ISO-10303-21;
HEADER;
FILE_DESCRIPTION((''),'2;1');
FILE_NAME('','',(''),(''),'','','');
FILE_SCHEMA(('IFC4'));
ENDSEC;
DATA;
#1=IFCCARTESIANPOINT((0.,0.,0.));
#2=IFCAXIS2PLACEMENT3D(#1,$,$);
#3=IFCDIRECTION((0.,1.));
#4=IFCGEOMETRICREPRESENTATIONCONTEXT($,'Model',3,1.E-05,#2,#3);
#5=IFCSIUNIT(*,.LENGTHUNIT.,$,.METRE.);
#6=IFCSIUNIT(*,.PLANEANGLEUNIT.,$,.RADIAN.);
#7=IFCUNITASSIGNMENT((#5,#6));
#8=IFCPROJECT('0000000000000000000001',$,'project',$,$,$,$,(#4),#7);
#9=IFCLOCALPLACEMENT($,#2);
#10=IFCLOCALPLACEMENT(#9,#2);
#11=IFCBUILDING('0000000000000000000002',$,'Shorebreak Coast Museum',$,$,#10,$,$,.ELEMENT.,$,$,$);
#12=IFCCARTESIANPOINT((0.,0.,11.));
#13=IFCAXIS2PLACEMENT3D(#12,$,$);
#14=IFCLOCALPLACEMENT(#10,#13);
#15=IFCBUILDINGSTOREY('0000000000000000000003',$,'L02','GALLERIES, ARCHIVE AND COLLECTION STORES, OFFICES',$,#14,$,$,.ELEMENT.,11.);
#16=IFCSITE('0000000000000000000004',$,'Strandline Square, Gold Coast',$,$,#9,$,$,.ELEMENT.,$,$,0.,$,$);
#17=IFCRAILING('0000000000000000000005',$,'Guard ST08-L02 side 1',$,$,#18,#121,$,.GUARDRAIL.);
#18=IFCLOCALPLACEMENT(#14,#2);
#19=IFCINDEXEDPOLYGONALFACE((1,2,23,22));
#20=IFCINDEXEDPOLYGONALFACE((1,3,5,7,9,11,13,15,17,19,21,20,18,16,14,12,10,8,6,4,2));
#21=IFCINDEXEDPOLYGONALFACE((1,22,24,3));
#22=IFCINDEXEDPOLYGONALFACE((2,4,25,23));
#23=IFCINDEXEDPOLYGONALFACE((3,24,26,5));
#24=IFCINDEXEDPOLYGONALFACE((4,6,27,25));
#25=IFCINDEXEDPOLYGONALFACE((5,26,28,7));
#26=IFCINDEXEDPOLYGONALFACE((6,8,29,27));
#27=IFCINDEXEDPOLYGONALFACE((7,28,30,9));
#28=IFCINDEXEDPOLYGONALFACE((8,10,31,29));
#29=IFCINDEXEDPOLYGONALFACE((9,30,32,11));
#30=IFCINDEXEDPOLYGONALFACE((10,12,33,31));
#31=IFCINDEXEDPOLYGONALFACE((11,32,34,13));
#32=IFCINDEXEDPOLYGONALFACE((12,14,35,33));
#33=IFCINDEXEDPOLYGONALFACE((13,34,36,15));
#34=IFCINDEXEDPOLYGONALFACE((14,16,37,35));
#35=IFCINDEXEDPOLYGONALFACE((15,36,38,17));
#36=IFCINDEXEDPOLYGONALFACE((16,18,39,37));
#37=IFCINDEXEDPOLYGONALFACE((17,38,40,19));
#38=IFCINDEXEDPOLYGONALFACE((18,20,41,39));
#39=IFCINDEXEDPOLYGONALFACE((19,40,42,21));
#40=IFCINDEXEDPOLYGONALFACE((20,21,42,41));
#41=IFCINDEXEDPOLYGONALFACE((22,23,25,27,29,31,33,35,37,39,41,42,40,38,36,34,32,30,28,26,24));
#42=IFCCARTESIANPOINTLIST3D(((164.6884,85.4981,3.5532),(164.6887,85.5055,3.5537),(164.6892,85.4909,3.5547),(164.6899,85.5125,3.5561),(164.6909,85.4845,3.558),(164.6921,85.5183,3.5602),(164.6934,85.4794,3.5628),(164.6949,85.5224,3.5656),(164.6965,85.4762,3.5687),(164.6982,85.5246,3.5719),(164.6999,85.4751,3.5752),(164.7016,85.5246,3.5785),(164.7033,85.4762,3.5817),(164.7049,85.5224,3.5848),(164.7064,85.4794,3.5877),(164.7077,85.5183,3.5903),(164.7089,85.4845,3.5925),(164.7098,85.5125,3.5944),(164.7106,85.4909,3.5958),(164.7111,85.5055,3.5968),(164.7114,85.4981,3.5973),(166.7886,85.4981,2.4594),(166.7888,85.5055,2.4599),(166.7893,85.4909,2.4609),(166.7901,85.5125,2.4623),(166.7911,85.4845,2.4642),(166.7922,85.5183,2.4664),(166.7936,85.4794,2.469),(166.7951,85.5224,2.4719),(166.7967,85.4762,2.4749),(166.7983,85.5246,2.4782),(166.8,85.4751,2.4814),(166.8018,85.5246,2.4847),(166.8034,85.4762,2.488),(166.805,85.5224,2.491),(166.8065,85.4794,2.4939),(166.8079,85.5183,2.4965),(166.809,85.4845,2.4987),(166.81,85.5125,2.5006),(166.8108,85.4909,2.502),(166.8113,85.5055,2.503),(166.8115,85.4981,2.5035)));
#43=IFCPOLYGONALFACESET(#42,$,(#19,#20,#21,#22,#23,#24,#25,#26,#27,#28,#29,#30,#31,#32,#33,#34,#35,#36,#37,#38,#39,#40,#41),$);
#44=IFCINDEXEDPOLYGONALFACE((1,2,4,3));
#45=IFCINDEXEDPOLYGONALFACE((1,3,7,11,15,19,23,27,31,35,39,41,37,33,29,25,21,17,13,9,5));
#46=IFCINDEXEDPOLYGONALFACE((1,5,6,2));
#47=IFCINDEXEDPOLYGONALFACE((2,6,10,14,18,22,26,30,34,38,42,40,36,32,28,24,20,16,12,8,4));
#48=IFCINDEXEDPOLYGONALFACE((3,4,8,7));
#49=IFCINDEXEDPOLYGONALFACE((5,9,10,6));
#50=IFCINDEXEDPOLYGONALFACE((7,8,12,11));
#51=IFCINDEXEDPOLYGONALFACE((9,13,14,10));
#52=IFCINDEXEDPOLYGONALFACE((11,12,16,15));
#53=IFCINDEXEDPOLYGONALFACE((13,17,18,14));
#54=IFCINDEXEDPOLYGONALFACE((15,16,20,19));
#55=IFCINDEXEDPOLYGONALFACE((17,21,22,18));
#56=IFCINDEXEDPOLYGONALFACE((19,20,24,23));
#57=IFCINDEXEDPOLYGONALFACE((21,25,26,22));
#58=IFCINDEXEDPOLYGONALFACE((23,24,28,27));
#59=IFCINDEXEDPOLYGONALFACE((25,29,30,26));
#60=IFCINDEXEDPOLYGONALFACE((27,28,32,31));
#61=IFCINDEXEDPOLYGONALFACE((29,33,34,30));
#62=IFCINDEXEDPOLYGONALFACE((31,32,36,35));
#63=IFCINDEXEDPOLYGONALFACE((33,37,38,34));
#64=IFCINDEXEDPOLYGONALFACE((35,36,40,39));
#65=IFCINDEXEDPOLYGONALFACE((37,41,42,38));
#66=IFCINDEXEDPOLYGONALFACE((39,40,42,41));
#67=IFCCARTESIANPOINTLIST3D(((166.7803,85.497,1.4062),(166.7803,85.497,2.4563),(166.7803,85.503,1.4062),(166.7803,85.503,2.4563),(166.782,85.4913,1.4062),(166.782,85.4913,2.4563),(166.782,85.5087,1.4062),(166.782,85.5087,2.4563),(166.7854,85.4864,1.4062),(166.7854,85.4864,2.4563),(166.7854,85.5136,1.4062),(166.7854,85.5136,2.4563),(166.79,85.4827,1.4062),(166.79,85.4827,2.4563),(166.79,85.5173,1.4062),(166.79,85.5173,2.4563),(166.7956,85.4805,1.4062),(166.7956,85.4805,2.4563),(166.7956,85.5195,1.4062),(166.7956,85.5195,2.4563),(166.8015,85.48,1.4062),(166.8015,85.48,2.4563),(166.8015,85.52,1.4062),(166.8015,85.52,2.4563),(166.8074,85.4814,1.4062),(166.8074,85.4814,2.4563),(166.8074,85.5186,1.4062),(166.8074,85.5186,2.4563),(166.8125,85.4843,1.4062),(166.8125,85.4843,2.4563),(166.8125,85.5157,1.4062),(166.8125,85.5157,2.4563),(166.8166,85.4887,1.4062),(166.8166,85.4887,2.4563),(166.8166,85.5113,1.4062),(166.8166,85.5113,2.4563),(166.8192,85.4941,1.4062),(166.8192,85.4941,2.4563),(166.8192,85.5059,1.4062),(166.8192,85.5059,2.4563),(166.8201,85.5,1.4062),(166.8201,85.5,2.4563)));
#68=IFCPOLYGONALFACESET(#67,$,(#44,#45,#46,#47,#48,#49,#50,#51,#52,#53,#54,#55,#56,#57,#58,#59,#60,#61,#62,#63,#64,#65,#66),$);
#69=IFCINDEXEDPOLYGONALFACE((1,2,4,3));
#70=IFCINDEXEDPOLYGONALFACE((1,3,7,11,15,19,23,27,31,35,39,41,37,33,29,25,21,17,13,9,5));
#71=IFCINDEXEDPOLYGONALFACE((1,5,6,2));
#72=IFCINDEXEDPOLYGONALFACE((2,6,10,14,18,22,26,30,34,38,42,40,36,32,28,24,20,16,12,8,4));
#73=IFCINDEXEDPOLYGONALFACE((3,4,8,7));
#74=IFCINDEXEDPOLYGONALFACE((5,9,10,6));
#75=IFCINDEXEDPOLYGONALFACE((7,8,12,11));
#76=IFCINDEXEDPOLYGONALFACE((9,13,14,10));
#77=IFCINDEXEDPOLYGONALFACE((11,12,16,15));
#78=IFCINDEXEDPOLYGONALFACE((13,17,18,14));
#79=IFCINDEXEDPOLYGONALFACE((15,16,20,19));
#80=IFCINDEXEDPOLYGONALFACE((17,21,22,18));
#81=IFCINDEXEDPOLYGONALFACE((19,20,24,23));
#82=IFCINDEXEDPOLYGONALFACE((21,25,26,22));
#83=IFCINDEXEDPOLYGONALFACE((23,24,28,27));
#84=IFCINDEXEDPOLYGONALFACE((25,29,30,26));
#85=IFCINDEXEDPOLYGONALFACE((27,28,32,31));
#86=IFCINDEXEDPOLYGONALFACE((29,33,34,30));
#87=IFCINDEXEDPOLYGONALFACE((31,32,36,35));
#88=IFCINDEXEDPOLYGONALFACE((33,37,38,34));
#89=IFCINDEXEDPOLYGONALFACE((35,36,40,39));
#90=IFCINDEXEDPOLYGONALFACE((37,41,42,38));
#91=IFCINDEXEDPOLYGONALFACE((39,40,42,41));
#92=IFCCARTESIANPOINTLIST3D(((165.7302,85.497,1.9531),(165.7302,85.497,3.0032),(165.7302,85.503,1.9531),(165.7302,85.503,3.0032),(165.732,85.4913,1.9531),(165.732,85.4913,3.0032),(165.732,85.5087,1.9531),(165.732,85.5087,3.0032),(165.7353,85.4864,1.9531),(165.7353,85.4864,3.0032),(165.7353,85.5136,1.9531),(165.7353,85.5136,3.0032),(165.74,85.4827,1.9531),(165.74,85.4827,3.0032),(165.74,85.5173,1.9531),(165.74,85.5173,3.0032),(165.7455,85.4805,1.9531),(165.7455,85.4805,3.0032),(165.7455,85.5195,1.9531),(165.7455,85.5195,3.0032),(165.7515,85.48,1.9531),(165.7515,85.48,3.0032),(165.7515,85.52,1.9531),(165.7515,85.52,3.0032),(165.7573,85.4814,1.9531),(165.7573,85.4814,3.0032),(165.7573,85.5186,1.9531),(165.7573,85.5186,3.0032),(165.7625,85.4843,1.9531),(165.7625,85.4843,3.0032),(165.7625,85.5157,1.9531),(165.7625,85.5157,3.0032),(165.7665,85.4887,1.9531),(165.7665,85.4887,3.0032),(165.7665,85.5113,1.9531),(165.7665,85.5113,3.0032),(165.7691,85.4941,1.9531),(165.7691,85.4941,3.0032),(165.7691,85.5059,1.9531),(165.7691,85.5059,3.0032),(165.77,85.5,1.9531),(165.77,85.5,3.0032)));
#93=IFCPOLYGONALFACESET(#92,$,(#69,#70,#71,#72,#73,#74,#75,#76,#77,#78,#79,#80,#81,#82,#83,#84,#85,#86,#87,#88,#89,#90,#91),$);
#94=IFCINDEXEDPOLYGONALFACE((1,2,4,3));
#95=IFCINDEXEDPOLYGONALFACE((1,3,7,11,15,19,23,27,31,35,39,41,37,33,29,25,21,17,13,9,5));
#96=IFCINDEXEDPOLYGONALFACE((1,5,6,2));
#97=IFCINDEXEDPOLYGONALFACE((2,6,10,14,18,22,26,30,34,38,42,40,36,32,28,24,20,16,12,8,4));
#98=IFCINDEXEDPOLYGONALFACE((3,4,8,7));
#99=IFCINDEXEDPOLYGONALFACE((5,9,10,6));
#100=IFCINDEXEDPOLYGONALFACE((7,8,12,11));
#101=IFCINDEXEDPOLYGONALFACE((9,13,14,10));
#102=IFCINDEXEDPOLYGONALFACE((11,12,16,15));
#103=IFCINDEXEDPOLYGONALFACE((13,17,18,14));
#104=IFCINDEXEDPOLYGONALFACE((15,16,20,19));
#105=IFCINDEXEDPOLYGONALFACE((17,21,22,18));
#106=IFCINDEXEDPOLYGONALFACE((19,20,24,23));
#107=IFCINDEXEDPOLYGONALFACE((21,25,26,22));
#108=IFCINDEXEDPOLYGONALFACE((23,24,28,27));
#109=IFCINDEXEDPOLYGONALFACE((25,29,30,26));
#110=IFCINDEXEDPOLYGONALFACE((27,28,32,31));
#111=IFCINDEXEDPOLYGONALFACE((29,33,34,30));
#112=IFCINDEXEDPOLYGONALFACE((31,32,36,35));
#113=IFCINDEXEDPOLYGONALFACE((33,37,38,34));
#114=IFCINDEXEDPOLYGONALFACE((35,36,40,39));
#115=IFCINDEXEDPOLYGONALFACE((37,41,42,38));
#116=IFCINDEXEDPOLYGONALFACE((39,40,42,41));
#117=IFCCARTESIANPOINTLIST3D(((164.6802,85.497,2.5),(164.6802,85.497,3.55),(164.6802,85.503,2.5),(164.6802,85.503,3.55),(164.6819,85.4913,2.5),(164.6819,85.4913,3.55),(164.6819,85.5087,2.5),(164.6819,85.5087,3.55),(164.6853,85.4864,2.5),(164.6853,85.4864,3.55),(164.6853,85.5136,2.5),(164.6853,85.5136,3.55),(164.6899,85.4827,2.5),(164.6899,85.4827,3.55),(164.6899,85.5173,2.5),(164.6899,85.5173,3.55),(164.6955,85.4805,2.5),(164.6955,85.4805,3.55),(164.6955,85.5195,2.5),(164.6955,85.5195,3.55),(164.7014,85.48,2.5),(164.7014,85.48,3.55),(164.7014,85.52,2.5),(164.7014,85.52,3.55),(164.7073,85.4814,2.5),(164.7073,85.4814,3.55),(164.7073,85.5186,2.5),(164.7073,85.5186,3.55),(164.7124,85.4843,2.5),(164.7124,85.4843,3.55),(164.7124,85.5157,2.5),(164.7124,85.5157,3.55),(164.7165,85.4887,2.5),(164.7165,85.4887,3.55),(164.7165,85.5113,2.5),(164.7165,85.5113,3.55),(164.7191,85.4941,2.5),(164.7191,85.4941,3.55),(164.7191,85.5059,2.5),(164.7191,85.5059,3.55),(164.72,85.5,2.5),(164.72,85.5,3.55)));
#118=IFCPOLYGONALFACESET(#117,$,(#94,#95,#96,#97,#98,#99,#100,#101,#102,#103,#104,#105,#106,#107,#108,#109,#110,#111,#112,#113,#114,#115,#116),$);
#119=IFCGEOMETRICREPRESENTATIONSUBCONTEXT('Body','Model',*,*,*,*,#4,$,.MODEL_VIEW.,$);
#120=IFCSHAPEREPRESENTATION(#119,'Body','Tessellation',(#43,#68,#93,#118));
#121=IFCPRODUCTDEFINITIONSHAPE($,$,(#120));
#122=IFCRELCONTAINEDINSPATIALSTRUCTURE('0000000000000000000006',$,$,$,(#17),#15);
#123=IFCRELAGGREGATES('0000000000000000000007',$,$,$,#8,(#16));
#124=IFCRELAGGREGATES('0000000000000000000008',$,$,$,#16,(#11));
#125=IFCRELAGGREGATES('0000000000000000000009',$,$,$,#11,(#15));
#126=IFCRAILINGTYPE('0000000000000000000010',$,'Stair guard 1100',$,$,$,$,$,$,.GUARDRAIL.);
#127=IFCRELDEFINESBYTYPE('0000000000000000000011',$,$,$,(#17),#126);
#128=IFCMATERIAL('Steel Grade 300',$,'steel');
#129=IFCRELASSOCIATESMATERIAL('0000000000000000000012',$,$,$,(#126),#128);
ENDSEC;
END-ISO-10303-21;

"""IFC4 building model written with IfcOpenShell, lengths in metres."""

from ifc_helpers import new_model, si_unit, direction, frame, origin, origin_2d, place, context, subcontext, project, spatial, circle, extrude, material, type_object, element, save


model = new_model("IFC4")

# Units and contexts
model_context = context("Model", 3, precision=1e-05, world=origin(), true_north=direction((0.0, 1.0)))
body_context = subcontext(model_context, "Body", "Model", "MODEL_VIEW")
ifc_project = project(units=[si_unit("LENGTHUNIT", "METRE"), si_unit("PLANEANGLEUNIT", "RADIAN")], contexts=[model_context])

# Site, building, storey
site_placement = place(None, origin())
site = spatial("IfcSite", under=ifc_project, at=site_placement, Name="Strandline Square, Gold Coast", CompositionType="ELEMENT", RefElevation=0.0)
building_placement = place(site_placement, origin())
building = spatial("IfcBuilding", under=site, at=building_placement, Name="Shorebreak Coast Museum", CompositionType="ELEMENT")
storey_placement = place(building_placement, frame((0.0, 0.0, 11.0)))
storey = spatial("IfcBuildingStorey", under=building, at=storey_placement, Name="L02", Description="GALLERIES, ARCHIVE AND COLLECTION STORES, OFFICES", CompositionType="ELEMENT", Elevation=11.0)

# Railing
ifc_material_1 = material(Name="Steel Grade 300", Category="steel")
railing_type_1 = type_object("IfcRailingType", Name="Stair guard 1100", PredefinedType="GUARDRAIL", material=ifc_material_1)
for number, where, name in (
    (1, (166.8, 85.5, 1.4062), "Guard ST08-L02 side 1"),
):
    element("IfcRailing", number, at=place(storey_placement, frame(where)), inside=storey, type_object=railing_type_1, Name=name, PredefinedType="GUARDRAIL", context=body_context, shape_type="SweptSolid", body=[
        extrude(circle(Radius=0.0249, at=origin_2d()), frame((0.0, 0.0, 1.0752), z_axis=(-0.886923, 0.0, 0.461918), x_axis=(0.0, -1.0, 0.0)), (0.0, 0.0, 1.0), 2.3679),
        extrude(circle(Radius=0.02, at=origin_2d()), origin(), (0.0, 0.0, 1.0), 1.05),
        extrude(circle(Radius=0.02, at=origin_2d()), frame((-1.05, 0.0, 0.5469)), (0.0, 0.0, 1.0), 1.05),
        extrude(circle(Radius=0.02, at=origin_2d()), frame((-2.1001, 0.0, 1.0938)), (0.0, 0.0, 1.0), 1.05),
    ])

save(model, "model.ifc")
